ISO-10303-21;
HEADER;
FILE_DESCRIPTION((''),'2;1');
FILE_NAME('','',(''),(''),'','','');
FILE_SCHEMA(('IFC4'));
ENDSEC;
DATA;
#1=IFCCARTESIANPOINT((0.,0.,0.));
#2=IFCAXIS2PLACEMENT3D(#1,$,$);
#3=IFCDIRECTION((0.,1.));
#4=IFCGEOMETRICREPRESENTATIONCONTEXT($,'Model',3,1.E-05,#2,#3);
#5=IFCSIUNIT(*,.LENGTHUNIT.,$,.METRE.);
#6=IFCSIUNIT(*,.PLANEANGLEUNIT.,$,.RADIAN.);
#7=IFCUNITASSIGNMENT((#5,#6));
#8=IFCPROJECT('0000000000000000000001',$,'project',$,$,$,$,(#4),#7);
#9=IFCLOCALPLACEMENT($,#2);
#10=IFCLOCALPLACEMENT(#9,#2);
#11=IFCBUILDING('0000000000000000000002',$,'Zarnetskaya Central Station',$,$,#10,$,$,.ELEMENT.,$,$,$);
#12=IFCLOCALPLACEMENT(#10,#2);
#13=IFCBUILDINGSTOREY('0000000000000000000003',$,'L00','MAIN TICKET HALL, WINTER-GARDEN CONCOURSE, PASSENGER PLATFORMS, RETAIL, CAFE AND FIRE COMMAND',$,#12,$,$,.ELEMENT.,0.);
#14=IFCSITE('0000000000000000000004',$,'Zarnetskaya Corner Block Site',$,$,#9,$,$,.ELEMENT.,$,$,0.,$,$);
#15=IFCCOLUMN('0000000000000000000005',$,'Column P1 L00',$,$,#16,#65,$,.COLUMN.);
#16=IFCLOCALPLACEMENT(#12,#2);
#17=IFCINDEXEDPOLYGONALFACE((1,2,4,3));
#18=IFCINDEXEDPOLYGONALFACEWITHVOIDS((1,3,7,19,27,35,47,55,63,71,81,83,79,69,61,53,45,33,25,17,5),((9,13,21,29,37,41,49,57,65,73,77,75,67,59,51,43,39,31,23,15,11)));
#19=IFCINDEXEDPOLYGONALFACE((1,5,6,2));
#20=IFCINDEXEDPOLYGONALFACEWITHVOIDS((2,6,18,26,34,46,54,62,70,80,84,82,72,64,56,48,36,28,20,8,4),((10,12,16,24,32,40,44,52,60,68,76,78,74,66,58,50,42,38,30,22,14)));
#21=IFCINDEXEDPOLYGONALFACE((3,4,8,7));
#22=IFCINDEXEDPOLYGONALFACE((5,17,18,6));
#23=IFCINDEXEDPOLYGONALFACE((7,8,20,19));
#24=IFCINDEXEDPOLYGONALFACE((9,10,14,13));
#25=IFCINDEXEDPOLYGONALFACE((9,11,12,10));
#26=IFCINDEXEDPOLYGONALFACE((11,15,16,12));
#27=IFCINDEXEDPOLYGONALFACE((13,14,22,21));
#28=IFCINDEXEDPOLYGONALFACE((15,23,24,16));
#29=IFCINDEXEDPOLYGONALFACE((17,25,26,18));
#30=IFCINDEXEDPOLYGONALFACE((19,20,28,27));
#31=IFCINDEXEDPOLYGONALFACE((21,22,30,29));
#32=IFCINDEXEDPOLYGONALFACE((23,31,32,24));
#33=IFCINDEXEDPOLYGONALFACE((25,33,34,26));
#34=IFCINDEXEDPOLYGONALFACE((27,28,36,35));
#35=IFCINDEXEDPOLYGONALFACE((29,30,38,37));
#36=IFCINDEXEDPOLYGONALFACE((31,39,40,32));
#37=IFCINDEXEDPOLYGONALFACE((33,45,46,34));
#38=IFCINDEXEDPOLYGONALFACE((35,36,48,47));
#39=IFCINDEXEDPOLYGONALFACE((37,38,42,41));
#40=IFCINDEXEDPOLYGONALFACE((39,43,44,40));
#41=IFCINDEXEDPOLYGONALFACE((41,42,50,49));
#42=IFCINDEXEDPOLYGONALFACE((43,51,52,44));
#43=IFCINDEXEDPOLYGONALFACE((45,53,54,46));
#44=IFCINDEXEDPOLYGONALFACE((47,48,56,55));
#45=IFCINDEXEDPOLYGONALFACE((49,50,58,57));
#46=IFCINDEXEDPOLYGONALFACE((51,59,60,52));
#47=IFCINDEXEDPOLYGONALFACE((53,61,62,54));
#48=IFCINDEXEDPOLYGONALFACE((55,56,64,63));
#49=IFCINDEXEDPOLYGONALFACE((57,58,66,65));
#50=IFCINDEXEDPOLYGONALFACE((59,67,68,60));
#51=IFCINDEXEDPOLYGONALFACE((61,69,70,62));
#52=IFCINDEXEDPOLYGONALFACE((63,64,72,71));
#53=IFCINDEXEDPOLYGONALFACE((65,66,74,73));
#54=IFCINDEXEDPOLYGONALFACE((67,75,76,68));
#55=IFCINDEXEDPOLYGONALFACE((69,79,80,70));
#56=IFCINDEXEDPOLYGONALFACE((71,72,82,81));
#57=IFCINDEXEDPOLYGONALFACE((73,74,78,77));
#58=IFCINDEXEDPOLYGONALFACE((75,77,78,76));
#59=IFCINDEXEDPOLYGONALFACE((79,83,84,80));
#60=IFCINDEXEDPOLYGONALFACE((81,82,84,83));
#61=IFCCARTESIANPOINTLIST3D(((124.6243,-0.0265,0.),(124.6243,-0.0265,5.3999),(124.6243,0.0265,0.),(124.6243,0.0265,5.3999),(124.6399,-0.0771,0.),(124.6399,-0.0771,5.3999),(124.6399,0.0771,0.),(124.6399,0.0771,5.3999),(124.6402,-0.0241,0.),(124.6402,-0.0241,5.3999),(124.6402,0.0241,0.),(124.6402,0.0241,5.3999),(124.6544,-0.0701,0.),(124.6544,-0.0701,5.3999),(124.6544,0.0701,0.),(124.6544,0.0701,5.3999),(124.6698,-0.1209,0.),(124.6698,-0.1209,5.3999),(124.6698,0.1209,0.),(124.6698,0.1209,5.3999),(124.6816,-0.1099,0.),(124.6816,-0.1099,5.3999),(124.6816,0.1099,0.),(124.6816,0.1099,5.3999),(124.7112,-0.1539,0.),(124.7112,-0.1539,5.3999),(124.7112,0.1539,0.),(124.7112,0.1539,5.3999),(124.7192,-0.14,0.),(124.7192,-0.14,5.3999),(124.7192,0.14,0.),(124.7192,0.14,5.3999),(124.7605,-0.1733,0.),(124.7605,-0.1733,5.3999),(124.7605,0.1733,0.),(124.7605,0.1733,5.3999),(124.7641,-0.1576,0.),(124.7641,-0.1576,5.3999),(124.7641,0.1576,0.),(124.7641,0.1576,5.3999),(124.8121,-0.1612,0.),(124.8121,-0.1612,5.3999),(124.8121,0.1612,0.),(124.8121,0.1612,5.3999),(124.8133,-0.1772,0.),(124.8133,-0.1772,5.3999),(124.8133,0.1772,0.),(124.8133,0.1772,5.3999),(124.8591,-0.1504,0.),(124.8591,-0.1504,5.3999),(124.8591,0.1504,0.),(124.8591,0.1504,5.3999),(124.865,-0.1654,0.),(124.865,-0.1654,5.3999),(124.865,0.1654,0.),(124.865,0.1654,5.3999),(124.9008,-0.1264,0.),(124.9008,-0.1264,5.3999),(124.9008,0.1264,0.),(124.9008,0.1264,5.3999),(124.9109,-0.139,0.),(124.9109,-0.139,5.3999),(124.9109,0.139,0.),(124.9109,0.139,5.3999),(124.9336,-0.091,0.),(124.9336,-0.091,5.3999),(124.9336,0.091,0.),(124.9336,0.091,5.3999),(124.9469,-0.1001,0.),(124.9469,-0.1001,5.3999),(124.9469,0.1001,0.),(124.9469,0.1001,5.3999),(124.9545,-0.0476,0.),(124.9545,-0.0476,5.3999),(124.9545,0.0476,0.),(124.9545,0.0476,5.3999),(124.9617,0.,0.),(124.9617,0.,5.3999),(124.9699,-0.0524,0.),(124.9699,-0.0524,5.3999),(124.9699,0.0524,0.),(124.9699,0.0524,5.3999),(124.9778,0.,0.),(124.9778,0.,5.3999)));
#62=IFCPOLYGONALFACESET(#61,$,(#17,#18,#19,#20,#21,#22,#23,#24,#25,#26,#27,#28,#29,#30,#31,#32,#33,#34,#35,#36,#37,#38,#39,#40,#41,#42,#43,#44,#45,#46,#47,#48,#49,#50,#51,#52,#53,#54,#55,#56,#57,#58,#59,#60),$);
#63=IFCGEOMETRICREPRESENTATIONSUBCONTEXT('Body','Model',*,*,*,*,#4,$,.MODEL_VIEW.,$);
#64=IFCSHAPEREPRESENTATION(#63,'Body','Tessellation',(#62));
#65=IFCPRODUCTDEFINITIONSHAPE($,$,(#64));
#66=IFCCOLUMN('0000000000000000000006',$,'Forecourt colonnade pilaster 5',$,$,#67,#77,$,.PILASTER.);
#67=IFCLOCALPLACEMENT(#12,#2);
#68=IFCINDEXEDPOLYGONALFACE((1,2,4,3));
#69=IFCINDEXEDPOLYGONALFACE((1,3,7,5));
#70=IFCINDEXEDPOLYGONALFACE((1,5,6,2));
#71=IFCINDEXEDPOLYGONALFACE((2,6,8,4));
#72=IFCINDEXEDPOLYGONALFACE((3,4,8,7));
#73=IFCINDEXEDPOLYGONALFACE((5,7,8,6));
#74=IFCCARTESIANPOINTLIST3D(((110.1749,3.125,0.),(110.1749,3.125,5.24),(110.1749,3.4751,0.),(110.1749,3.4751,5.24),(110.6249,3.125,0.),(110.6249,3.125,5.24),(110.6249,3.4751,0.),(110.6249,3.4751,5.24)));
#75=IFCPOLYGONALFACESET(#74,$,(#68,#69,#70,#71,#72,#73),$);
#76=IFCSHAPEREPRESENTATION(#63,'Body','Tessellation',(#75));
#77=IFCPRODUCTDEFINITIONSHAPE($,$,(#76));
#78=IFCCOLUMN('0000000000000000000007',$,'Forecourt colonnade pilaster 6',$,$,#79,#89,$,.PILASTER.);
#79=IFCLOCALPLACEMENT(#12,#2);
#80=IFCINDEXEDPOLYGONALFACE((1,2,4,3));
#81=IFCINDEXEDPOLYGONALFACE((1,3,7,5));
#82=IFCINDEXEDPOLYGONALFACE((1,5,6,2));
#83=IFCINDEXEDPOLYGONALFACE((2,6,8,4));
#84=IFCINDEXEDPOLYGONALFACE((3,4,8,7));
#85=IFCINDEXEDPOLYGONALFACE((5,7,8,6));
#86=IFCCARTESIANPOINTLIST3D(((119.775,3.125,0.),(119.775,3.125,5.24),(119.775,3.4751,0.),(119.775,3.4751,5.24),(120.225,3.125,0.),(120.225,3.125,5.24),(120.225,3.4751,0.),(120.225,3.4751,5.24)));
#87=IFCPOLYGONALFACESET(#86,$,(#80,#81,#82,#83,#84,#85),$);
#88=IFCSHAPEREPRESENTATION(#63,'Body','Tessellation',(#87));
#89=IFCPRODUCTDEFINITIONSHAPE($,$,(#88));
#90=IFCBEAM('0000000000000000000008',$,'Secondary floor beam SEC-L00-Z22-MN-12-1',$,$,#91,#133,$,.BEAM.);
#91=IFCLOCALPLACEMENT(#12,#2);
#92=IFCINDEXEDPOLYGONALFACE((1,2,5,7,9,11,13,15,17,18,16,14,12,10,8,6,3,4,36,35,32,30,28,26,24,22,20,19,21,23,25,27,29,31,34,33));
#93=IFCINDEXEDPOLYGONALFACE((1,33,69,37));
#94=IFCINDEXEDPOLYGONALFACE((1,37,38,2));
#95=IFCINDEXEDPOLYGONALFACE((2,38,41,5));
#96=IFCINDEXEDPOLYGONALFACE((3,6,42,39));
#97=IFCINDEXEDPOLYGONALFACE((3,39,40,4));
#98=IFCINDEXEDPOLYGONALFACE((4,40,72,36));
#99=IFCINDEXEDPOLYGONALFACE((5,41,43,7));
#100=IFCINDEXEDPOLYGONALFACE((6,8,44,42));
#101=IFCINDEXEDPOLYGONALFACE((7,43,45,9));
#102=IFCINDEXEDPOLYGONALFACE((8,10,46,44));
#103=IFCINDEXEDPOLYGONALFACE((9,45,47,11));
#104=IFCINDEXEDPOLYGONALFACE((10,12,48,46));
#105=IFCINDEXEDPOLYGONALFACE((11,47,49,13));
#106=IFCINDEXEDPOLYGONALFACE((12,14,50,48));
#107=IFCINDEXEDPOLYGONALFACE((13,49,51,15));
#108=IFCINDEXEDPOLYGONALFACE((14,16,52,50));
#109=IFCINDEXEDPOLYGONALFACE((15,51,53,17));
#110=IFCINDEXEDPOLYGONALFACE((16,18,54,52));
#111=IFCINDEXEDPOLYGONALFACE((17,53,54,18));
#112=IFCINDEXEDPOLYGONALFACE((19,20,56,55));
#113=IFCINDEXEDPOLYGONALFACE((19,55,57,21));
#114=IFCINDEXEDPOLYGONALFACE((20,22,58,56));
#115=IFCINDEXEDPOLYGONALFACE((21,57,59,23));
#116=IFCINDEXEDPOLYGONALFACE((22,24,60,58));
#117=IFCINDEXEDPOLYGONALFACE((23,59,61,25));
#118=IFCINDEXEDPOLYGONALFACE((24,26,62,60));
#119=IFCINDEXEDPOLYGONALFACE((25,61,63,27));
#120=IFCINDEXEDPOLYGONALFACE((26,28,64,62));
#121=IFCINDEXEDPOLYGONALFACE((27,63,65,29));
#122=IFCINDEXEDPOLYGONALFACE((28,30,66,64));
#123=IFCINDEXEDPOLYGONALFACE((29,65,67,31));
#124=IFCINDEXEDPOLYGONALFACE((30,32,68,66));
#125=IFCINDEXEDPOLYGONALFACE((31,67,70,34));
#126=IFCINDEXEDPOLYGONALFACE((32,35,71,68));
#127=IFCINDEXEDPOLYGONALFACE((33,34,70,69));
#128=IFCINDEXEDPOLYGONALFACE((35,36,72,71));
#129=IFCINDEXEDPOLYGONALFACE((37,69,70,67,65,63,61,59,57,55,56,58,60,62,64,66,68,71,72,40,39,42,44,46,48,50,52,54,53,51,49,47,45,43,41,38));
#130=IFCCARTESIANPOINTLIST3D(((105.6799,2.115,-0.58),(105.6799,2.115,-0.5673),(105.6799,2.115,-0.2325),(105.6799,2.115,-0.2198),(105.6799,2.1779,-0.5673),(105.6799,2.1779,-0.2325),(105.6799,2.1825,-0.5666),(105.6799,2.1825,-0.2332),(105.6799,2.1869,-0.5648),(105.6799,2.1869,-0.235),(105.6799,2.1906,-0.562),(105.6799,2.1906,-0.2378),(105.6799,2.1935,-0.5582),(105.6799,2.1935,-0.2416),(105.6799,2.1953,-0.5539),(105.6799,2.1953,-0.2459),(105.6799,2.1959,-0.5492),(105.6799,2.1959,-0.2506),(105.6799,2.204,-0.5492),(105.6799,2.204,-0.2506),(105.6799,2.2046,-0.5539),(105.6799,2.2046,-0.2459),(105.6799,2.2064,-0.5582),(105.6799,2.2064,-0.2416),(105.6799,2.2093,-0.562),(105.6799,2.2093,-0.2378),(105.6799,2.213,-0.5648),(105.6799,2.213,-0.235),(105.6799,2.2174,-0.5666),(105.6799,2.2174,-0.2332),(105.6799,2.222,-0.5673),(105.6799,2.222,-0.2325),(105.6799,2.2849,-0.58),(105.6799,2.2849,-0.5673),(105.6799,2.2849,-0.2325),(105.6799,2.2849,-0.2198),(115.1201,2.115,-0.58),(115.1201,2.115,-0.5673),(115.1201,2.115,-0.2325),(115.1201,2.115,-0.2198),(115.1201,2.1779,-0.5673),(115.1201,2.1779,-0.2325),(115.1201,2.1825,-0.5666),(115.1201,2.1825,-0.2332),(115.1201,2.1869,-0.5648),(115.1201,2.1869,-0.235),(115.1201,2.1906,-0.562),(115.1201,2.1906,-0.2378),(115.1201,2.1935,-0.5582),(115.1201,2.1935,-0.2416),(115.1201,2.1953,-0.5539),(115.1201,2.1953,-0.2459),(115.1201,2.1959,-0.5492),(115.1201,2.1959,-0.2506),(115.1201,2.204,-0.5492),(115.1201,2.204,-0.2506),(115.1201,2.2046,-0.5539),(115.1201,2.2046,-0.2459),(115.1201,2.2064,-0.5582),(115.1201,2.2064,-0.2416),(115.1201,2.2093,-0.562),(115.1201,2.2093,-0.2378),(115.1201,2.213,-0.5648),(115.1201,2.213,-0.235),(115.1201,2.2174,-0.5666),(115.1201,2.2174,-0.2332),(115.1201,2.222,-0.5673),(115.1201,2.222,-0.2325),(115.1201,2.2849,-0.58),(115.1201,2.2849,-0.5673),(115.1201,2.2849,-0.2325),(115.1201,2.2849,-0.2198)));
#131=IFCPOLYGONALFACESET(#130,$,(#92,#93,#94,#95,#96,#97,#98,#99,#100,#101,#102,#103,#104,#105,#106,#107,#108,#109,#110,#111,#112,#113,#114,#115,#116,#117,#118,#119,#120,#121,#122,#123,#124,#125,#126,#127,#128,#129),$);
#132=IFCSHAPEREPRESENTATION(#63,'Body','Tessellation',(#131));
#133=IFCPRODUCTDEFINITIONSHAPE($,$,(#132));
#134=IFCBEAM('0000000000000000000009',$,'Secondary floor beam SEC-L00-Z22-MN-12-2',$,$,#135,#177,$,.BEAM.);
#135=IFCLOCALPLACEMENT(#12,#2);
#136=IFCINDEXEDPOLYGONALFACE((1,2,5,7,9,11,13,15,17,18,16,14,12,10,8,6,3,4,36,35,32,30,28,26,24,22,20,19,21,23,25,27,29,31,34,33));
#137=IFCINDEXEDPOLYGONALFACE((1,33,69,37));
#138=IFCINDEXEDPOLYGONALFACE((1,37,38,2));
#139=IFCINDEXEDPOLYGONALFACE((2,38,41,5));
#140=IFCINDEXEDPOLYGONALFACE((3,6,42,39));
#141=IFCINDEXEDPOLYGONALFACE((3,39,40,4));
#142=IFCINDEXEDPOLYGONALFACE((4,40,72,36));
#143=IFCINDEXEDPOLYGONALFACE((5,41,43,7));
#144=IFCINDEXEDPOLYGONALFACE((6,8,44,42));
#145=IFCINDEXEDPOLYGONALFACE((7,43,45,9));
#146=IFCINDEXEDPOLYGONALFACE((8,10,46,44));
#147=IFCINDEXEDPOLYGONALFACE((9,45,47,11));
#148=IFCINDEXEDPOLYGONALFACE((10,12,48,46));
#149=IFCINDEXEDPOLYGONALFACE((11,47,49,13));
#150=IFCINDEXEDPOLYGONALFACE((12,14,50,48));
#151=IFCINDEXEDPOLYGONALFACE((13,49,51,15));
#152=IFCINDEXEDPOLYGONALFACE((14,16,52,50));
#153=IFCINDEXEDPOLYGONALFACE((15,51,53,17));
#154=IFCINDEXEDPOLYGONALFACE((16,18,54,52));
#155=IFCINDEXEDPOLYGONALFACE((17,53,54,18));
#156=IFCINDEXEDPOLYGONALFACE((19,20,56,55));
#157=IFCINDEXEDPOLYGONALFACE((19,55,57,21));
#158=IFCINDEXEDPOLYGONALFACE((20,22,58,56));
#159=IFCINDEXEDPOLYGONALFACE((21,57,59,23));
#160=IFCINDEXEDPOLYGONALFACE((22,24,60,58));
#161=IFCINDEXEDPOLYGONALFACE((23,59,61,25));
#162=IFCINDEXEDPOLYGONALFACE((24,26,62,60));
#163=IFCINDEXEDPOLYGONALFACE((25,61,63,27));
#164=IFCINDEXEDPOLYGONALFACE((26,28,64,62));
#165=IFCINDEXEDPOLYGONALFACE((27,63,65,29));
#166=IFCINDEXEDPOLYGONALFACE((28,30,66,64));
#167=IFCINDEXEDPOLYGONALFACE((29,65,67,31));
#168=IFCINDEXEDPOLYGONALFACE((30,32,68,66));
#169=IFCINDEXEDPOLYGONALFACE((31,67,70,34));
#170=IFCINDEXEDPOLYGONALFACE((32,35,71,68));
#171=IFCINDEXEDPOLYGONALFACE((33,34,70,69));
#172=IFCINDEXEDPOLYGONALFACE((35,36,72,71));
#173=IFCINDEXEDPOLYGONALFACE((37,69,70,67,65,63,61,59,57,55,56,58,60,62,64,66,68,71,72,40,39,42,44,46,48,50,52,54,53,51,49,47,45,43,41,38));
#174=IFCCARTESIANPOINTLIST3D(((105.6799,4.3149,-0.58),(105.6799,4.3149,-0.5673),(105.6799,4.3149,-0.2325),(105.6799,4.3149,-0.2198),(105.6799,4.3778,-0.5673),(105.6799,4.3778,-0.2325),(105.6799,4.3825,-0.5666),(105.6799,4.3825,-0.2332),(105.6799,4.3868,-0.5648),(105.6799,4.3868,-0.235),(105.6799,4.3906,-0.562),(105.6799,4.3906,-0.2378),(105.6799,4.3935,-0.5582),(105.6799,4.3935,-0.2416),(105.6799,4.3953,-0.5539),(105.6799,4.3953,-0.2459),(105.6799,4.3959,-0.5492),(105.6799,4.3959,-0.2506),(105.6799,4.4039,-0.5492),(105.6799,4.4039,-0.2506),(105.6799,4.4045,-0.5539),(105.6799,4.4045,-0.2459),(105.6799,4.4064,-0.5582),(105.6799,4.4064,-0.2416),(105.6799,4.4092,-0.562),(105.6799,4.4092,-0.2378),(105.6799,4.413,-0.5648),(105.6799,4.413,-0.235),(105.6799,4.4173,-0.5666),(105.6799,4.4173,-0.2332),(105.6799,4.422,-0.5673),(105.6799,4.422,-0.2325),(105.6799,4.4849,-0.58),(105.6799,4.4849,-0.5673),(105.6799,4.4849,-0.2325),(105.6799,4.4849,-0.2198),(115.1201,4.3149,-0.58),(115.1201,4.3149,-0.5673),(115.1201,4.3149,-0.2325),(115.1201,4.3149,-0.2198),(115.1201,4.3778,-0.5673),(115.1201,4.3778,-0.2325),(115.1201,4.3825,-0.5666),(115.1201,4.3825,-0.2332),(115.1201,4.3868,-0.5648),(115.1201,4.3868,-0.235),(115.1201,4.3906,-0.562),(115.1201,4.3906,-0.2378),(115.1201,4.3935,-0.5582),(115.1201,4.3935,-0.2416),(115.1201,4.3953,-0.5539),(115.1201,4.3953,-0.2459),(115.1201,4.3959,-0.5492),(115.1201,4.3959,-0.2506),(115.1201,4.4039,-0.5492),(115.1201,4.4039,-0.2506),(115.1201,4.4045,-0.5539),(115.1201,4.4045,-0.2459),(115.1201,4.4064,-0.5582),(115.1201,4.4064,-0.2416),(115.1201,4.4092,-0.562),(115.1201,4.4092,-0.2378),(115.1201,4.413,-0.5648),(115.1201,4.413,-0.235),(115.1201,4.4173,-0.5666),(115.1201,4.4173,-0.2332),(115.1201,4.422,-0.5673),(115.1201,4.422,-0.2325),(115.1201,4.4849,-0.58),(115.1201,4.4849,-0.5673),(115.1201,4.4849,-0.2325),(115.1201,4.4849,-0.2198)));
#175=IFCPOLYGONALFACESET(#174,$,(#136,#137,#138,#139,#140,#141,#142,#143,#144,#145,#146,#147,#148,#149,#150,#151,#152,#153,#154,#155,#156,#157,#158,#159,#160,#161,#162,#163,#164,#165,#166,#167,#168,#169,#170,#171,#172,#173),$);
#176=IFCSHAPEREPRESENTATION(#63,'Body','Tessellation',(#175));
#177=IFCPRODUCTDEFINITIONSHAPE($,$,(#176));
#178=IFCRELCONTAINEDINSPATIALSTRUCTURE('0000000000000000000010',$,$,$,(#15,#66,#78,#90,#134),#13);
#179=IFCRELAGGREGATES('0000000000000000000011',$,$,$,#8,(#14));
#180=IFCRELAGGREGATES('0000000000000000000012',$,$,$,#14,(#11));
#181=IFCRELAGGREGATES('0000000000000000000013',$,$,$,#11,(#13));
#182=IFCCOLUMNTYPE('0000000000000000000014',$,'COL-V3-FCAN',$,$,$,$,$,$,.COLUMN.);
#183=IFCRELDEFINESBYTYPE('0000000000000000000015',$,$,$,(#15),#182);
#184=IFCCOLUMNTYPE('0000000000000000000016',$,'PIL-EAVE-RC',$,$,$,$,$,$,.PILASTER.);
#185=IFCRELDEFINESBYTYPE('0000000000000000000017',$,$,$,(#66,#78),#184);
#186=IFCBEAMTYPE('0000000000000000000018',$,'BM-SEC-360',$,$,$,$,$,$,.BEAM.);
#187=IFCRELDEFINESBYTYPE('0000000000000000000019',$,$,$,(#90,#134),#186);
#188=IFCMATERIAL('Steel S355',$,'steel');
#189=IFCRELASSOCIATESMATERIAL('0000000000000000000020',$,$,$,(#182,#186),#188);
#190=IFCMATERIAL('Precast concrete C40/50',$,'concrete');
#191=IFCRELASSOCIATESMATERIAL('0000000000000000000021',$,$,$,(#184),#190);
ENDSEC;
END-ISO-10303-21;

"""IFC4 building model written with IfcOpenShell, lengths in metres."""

from ifc_helpers import new_model, si_unit, direction, frame, origin, origin_2d, place, context, subcontext, project, spatial, rectangle, hollow_circle, i_section, extrude, material, material_profile, profile_set, type_object, element, save


model = new_model("IFC4")

# Units and contexts
model_context = context("Model", 3, precision=1e-05, world=origin(), true_north=direction((0.0, 1.0)))
body_context = subcontext(model_context, "Body", "Model", "MODEL_VIEW")
ifc_project = project(units=[si_unit("LENGTHUNIT", "METRE"), si_unit("PLANEANGLEUNIT", "RADIAN")], contexts=[model_context])

# Site, building, storey
site_placement = place(None, origin())
site = spatial("IfcSite", under=ifc_project, at=site_placement, Name="Zarnetskaya Corner Block Site", CompositionType="ELEMENT", RefElevation=0.0)
building_placement = place(site_placement, origin())
building = spatial("IfcBuilding", under=site, at=building_placement, Name="Zarnetskaya Central Station", CompositionType="ELEMENT")
storey_placement = place(building_placement, origin())
storey = spatial("IfcBuildingStorey", under=building, at=storey_placement, Name="L00", Description="MAIN TICKET HALL, WINTER-GARDEN CONCOURSE, PASSENGER PLATFORMS, RETAIL, CAFE AND FIRE COMMAND", CompositionType="ELEMENT", Elevation=0.0)

# Columns
ifc_material_1 = material(Name="Steel S355", Category="steel")
ifc_material_profile_1 = material_profile(ifc_material_1, hollow_circle(Radius=0.1777, WallThickness=0.0161, at=origin_2d()), Name="CHS 355.6x16")
ifc_profile_set_1 = profile_set([ifc_material_profile_1], Name="Steel S355")
column_type_1 = type_object("IfcColumnType", Name="COL-V3-FCAN", PredefinedType="COLUMN", material=ifc_profile_set_1)
column_placement = place(storey_placement, frame((124.8, 0.0, 0.0), z_axis=(0.0, 0.0, 1.0), x_axis=(1.0, 0.0, 0.0)))
element("IfcColumn", 1, at=column_placement, inside=storey, type_object=column_type_1, Name="Column P1 L00", PredefinedType="COLUMN", context=body_context, shape_type="SweptSolid", body=[
    extrude(hollow_circle(Radius=0.1777, WallThickness=0.0161, at=origin_2d()), origin(), (0.0, 0.0, 1.0), 5.3999),
])
ifc_material_2 = material(Name="Precast concrete C40/50", Category="concrete")
ifc_material_profile_2 = material_profile(ifc_material_2, rectangle(XDim=0.45, YDim=0.3501, at=origin_2d()), Name="RC PILASTER 450x350")
ifc_profile_set_2 = profile_set([ifc_material_profile_2], Name="Precast concrete C40/50")
column_type_2 = type_object("IfcColumnType", Name="PIL-EAVE-RC", PredefinedType="PILASTER", material=ifc_profile_set_2)
for number, where, z_axis, x_axis, name in (
    (2, (110.3999, 3.3, 0.0), (0.0, 0.0, 1.0), (1.0, 0.0, 0.0), "Forecourt colonnade pilaster 5"),
    (3, (120.0, 3.3, 0.0), (0.0, 0.0, 1.0), (1.0, 0.0, 0.0), "Forecourt colonnade pilaster 6"),
):
    element("IfcColumn", number, at=place(storey_placement, frame(where, z_axis=z_axis, x_axis=x_axis)), inside=storey, type_object=column_type_2, Name=name, PredefinedType="PILASTER", context=body_context, shape_type="SweptSolid", body=[
        extrude(rectangle(XDim=0.45, YDim=0.3501, at=origin_2d()), origin(), (0.0, 0.0, 1.0), 5.24),
    ])

# Beams
ifc_material_profile_3 = material_profile(ifc_material_1, i_section(OverallWidth=0.1699, OverallDepth=0.3601, WebThickness=0.0081, FlangeThickness=0.0127, FilletRadius=0.0181, at=origin_2d()), Name="IPE 360")
ifc_profile_set_3 = profile_set([ifc_material_profile_3], Name="Steel S355")
beam_type_1 = type_object("IfcBeamType", Name="BM-SEC-360", PredefinedType="BEAM", material=ifc_profile_set_3)
for number, where, z_axis, x_axis, name in (
    (4, (105.6799, 2.2, -0.3999), (1.0, 0.0, 0.0), (0.0, 1.0, 0.0), "Secondary floor beam SEC-L00-Z22-MN-12-1"),
    (5, (105.6799, 4.3999, -0.3999), (1.0, 0.0, 0.0), (0.0, 1.0, 0.0), "Secondary floor beam SEC-L00-Z22-MN-12-2"),
):
    element("IfcBeam", number, at=place(storey_placement, frame(where, z_axis=z_axis, x_axis=x_axis)), inside=storey, type_object=beam_type_1, Name=name, PredefinedType="BEAM", context=body_context, shape_type="SweptSolid", body=[
        extrude(i_section(OverallWidth=0.1699, OverallDepth=0.3601, WebThickness=0.0081, FlangeThickness=0.0127, FilletRadius=0.0181, at=origin_2d()), origin(), (0.0, 0.0, 1.0), 9.4402),
    ])

save(model, "model.ifc")
